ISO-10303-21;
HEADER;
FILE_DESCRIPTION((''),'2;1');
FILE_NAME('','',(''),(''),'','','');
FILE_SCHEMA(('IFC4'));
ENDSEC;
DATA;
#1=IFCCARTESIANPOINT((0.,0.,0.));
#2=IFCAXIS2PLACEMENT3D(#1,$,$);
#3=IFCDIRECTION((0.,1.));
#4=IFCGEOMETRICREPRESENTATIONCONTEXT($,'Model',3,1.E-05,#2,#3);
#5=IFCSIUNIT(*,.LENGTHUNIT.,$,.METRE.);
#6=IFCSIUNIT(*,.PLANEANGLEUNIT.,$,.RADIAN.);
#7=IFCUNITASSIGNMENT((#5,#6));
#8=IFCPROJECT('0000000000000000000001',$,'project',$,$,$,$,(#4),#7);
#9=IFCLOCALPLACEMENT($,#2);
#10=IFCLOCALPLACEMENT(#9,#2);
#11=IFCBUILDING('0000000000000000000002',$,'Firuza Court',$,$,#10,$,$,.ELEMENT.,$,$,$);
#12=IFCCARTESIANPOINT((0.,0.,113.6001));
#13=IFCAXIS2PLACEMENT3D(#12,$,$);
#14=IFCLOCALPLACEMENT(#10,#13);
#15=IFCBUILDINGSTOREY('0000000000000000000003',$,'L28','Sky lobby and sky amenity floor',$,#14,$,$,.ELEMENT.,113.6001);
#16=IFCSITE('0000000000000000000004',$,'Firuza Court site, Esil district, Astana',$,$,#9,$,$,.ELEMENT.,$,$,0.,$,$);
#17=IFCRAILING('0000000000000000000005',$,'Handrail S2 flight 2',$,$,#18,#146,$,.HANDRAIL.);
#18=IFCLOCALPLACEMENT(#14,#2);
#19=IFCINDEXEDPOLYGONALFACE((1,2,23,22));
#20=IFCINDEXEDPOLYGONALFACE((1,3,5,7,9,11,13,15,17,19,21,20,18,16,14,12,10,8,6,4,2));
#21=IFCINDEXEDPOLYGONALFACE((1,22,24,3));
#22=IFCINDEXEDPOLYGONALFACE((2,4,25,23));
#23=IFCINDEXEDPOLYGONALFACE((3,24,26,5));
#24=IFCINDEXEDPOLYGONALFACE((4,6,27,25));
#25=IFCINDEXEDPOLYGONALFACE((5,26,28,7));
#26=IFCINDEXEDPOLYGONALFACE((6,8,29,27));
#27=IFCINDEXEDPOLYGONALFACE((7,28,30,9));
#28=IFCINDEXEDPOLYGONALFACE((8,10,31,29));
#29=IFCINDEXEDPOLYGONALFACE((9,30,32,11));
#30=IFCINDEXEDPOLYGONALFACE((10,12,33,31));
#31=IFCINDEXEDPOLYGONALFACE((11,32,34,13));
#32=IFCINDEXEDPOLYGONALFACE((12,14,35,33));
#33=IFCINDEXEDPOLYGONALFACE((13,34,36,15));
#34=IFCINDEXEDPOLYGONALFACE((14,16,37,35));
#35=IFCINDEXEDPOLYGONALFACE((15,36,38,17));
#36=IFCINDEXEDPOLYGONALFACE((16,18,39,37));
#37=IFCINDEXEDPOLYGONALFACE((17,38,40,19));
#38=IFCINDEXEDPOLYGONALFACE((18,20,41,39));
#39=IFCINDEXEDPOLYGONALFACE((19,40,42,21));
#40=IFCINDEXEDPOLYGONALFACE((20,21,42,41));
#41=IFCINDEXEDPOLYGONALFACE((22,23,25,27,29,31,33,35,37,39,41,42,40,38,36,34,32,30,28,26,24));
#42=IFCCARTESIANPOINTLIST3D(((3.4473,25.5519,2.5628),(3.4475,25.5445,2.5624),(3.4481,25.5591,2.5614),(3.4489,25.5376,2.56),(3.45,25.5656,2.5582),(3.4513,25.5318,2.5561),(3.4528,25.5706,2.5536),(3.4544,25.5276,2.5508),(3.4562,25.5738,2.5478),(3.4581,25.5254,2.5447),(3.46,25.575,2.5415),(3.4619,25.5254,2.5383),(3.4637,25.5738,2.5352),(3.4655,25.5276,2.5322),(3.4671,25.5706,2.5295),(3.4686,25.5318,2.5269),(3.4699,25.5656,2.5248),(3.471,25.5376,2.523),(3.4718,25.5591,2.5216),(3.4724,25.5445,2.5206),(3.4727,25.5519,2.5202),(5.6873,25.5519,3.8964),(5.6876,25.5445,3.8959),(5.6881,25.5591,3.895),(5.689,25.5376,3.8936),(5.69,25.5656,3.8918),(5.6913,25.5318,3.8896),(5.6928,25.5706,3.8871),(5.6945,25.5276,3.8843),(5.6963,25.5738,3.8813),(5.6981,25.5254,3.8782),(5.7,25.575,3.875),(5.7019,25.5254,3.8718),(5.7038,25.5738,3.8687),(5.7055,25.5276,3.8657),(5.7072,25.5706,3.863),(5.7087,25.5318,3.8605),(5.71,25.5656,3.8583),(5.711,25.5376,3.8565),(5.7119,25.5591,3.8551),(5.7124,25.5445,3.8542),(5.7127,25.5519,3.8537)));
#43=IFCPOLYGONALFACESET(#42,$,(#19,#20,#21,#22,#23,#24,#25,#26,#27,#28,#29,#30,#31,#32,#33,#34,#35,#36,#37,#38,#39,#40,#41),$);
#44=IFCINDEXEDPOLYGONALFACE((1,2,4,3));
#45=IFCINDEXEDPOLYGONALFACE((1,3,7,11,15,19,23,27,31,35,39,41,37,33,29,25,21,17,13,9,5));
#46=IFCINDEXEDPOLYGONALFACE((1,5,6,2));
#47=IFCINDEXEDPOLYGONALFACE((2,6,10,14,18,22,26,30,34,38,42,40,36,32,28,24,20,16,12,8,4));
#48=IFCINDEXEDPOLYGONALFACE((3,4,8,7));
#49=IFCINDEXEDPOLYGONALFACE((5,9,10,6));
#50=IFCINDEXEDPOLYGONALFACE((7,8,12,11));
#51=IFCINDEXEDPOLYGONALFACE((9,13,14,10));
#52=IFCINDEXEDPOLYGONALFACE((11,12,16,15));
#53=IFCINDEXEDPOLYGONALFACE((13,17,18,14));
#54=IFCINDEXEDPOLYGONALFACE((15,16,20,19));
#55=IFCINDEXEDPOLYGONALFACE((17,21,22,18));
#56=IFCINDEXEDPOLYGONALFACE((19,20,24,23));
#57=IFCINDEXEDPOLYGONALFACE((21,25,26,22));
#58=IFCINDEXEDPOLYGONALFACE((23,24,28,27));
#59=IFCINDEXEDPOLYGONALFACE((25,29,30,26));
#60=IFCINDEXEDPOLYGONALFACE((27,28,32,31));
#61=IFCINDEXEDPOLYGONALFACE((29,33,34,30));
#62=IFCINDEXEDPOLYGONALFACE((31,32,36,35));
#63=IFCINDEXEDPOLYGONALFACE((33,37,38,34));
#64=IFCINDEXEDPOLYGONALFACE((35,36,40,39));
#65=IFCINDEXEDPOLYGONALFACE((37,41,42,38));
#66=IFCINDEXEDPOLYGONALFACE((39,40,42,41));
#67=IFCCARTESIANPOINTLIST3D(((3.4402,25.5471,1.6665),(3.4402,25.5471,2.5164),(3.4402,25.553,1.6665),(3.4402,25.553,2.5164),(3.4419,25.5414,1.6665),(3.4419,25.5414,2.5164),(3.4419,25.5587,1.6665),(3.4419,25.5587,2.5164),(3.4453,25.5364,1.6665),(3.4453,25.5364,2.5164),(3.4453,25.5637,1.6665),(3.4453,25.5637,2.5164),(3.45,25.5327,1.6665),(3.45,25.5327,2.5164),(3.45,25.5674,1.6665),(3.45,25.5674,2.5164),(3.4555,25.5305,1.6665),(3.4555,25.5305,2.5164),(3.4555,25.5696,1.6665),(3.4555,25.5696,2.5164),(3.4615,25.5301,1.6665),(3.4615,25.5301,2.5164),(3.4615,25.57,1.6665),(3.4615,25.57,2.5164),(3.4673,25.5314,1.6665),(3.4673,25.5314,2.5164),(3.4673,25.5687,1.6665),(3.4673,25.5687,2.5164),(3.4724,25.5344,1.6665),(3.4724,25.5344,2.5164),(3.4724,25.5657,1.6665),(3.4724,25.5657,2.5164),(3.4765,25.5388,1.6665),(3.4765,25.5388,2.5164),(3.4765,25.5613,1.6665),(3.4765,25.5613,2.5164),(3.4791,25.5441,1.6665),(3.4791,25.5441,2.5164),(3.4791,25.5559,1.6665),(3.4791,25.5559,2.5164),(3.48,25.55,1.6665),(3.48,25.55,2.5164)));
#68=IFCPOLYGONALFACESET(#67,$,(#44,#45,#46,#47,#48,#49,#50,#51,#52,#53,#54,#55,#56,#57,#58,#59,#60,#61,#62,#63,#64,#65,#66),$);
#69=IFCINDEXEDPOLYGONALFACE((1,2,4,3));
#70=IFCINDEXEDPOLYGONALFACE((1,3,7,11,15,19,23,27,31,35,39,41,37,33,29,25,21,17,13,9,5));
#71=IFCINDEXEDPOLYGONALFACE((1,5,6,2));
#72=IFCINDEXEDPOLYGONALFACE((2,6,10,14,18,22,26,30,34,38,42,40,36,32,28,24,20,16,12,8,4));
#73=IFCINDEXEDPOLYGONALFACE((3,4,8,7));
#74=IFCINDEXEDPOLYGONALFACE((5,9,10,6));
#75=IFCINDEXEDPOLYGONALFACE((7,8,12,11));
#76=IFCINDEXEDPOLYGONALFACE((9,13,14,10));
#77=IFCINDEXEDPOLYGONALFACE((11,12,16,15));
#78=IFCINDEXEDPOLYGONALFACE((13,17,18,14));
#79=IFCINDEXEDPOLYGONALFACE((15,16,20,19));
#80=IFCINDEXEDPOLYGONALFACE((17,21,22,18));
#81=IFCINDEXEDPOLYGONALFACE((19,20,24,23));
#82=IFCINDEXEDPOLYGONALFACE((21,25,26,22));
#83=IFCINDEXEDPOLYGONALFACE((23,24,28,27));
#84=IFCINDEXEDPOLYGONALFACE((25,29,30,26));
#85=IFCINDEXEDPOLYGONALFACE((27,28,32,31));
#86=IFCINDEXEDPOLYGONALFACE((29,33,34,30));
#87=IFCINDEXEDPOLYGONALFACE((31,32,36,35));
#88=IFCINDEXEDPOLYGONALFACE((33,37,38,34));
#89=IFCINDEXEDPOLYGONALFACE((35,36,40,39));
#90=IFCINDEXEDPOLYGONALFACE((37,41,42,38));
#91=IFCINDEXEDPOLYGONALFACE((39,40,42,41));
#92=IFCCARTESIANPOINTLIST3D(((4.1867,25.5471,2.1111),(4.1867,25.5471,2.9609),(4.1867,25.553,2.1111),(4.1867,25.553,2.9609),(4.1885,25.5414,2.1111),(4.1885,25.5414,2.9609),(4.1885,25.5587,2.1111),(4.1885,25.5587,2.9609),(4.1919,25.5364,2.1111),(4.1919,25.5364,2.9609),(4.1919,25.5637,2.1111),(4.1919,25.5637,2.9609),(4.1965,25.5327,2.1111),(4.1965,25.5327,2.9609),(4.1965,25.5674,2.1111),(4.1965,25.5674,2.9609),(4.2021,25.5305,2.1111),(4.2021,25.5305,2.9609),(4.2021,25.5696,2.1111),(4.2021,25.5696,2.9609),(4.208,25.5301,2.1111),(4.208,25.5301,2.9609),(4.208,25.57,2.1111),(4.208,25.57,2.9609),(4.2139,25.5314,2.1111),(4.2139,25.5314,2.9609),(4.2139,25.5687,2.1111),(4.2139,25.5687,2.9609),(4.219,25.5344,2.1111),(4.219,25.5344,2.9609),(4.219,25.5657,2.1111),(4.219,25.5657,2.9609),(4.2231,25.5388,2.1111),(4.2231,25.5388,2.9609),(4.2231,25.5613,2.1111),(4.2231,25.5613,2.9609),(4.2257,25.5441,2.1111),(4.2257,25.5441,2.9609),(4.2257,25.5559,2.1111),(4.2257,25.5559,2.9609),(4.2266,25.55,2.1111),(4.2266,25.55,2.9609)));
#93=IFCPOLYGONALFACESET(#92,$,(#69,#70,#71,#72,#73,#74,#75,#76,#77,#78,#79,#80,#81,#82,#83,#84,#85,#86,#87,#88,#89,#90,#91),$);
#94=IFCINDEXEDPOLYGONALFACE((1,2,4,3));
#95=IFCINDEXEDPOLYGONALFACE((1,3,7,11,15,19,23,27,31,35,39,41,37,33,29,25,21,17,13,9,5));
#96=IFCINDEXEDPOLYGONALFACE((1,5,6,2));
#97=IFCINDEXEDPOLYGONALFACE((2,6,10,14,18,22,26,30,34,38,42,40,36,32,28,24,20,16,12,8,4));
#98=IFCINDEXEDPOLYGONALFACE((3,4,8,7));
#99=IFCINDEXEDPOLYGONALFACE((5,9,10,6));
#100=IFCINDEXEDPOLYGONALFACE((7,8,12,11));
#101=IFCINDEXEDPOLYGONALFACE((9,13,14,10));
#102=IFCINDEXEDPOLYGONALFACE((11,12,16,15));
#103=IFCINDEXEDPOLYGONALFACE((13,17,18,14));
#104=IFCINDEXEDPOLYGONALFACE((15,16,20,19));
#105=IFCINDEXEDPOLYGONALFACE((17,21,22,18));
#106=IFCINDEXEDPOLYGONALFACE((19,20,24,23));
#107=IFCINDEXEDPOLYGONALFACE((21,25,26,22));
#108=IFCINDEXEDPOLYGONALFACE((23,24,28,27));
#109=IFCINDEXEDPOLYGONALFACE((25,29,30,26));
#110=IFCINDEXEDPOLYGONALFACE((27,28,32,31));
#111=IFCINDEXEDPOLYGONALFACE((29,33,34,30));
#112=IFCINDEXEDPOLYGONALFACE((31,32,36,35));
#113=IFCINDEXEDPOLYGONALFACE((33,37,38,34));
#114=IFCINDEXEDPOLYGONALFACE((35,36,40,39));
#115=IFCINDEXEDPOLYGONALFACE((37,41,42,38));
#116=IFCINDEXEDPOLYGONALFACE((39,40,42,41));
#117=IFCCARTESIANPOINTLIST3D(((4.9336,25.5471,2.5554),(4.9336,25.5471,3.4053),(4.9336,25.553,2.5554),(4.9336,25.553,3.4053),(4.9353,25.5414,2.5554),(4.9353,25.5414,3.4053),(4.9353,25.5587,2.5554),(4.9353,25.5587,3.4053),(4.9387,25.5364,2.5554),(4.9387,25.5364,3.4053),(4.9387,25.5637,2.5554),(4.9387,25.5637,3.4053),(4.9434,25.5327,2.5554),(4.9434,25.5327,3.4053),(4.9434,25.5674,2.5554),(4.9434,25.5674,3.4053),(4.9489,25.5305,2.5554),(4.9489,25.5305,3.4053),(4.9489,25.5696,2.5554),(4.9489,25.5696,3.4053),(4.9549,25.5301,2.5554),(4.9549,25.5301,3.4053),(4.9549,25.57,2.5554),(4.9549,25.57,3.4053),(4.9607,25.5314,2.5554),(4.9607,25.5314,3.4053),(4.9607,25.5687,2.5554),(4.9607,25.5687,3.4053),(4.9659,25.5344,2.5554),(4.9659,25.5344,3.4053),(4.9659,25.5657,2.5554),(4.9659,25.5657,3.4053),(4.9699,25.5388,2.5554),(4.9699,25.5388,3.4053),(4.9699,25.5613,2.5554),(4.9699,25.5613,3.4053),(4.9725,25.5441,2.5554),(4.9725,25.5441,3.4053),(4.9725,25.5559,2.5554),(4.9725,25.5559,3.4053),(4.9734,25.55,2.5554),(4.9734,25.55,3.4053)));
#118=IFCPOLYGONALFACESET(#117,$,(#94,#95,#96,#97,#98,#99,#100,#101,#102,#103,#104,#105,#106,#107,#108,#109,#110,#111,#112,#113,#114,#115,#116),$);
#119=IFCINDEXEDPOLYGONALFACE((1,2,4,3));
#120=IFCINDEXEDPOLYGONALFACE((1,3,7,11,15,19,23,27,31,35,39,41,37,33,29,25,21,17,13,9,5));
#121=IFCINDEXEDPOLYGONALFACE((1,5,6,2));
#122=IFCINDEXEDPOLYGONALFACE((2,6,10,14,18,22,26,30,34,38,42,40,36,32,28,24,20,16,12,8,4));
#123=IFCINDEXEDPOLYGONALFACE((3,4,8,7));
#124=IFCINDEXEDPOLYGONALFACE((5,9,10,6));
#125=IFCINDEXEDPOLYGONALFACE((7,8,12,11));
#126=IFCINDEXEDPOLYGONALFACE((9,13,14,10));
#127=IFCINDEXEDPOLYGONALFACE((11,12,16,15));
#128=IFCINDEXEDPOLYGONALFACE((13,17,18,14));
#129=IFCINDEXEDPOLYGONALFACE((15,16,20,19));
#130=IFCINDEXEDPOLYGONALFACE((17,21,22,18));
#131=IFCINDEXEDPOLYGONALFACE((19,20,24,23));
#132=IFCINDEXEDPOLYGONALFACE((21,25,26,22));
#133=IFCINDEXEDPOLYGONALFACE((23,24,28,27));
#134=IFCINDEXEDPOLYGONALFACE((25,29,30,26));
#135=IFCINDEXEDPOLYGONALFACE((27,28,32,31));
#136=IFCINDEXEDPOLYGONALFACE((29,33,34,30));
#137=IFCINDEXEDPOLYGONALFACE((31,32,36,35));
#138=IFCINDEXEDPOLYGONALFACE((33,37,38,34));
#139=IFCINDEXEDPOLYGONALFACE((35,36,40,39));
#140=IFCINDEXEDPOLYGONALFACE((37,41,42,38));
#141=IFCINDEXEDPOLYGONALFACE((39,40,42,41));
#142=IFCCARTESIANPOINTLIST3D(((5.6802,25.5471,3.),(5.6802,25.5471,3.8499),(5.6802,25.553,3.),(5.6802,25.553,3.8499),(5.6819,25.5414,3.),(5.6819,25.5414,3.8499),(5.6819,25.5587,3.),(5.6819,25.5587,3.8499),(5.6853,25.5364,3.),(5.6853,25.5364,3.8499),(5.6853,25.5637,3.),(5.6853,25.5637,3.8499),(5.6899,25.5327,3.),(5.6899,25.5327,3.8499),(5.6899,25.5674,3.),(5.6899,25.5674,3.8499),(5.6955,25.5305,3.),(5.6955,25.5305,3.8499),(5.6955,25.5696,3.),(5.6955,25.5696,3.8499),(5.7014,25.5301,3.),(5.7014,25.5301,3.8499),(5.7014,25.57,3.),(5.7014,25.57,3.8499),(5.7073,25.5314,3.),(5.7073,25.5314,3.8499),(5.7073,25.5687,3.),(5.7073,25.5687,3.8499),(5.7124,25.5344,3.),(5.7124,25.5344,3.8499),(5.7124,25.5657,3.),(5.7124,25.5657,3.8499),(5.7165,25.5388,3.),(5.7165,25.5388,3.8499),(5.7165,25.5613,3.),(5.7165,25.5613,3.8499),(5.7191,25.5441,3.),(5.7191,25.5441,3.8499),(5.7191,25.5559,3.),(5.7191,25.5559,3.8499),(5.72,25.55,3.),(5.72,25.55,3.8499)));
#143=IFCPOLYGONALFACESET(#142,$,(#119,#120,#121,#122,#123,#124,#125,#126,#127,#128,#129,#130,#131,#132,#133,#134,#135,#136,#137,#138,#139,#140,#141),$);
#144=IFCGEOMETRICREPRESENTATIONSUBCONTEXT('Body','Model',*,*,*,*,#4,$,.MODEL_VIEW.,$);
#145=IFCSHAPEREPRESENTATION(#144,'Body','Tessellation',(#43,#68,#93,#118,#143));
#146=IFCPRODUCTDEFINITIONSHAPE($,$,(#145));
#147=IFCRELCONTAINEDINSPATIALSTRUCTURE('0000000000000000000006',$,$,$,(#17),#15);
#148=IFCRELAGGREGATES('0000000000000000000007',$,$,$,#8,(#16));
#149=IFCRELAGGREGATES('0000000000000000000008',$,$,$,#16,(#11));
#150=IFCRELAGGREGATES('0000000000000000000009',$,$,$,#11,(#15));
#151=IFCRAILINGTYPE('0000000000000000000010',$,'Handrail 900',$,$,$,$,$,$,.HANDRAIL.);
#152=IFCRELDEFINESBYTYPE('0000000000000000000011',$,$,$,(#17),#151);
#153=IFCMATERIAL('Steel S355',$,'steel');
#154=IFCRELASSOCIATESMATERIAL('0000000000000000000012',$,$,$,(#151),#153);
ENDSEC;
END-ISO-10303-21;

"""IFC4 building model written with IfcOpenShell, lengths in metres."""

from ifc_helpers import new_model, si_unit, direction, frame, origin, origin_2d, place, context, subcontext, project, spatial, circle, extrude, material, type_object, element, save


model = new_model("IFC4")

# Units and contexts
model_context = context("Model", 3, precision=1e-05, world=origin(), true_north=direction((0.0, 1.0)))
body_context = subcontext(model_context, "Body", "Model", "MODEL_VIEW")
ifc_project = project(units=[si_unit("LENGTHUNIT", "METRE"), si_unit("PLANEANGLEUNIT", "RADIAN")], contexts=[model_context])

# Site, building, storey
site_placement = place(None, origin())
site = spatial("IfcSite", under=ifc_project, at=site_placement, Name="Firuza Court site, Esil district, Astana", CompositionType="ELEMENT", RefElevation=0.0)
building_placement = place(site_placement, origin())
building = spatial("IfcBuilding", under=site, at=building_placement, Name="Firuza Court", CompositionType="ELEMENT")
storey_placement = place(building_placement, frame((0.0, 0.0, 113.6001)))
storey = spatial("IfcBuildingStorey", under=building, at=storey_placement, Name="L28", Description="Sky lobby and sky amenity floor", CompositionType="ELEMENT", Elevation=113.6001)

# Railing
ifc_material_1 = material(Name="Steel S355", Category="steel")
railing_type_1 = type_object("IfcRailingType", Name="Handrail 900", PredefinedType="HANDRAIL", material=ifc_material_1)
railing_1_placement = place(storey_placement, frame((3.46, 25.55, 1.6665)))
element("IfcRailing", 1, at=railing_1_placement, inside=storey, type_object=railing_type_1, Name="Handrail S2 flight 2", PredefinedType="HANDRAIL", context=body_context, shape_type="SweptSolid", body=[
    extrude(circle(Radius=0.0249, at=origin_2d()), frame((0.0, 0.0, 0.875), z_axis=(0.859264, 0.0, 0.511532), x_axis=(0.0, 1.0, 0.0)), (0.0, 0.0, 1.0), 2.6069),
    extrude(circle(Radius=0.02, at=origin_2d()), origin(), (0.0, 0.0, 1.0), 0.8499),
    extrude(circle(Radius=0.02, at=origin_2d()), frame((0.7466, 0.0, 0.4446)), (0.0, 0.0, 1.0), 0.8499),
    extrude(circle(Radius=0.02, at=origin_2d()), frame((1.4934, 0.0, 0.8889)), (0.0, 0.0, 1.0), 0.8499),
    extrude(circle(Radius=0.02, at=origin_2d()), frame((2.24, 0.0, 1.3335)), (0.0, 0.0, 1.0), 0.8499),
])

save(model, "model.ifc")
